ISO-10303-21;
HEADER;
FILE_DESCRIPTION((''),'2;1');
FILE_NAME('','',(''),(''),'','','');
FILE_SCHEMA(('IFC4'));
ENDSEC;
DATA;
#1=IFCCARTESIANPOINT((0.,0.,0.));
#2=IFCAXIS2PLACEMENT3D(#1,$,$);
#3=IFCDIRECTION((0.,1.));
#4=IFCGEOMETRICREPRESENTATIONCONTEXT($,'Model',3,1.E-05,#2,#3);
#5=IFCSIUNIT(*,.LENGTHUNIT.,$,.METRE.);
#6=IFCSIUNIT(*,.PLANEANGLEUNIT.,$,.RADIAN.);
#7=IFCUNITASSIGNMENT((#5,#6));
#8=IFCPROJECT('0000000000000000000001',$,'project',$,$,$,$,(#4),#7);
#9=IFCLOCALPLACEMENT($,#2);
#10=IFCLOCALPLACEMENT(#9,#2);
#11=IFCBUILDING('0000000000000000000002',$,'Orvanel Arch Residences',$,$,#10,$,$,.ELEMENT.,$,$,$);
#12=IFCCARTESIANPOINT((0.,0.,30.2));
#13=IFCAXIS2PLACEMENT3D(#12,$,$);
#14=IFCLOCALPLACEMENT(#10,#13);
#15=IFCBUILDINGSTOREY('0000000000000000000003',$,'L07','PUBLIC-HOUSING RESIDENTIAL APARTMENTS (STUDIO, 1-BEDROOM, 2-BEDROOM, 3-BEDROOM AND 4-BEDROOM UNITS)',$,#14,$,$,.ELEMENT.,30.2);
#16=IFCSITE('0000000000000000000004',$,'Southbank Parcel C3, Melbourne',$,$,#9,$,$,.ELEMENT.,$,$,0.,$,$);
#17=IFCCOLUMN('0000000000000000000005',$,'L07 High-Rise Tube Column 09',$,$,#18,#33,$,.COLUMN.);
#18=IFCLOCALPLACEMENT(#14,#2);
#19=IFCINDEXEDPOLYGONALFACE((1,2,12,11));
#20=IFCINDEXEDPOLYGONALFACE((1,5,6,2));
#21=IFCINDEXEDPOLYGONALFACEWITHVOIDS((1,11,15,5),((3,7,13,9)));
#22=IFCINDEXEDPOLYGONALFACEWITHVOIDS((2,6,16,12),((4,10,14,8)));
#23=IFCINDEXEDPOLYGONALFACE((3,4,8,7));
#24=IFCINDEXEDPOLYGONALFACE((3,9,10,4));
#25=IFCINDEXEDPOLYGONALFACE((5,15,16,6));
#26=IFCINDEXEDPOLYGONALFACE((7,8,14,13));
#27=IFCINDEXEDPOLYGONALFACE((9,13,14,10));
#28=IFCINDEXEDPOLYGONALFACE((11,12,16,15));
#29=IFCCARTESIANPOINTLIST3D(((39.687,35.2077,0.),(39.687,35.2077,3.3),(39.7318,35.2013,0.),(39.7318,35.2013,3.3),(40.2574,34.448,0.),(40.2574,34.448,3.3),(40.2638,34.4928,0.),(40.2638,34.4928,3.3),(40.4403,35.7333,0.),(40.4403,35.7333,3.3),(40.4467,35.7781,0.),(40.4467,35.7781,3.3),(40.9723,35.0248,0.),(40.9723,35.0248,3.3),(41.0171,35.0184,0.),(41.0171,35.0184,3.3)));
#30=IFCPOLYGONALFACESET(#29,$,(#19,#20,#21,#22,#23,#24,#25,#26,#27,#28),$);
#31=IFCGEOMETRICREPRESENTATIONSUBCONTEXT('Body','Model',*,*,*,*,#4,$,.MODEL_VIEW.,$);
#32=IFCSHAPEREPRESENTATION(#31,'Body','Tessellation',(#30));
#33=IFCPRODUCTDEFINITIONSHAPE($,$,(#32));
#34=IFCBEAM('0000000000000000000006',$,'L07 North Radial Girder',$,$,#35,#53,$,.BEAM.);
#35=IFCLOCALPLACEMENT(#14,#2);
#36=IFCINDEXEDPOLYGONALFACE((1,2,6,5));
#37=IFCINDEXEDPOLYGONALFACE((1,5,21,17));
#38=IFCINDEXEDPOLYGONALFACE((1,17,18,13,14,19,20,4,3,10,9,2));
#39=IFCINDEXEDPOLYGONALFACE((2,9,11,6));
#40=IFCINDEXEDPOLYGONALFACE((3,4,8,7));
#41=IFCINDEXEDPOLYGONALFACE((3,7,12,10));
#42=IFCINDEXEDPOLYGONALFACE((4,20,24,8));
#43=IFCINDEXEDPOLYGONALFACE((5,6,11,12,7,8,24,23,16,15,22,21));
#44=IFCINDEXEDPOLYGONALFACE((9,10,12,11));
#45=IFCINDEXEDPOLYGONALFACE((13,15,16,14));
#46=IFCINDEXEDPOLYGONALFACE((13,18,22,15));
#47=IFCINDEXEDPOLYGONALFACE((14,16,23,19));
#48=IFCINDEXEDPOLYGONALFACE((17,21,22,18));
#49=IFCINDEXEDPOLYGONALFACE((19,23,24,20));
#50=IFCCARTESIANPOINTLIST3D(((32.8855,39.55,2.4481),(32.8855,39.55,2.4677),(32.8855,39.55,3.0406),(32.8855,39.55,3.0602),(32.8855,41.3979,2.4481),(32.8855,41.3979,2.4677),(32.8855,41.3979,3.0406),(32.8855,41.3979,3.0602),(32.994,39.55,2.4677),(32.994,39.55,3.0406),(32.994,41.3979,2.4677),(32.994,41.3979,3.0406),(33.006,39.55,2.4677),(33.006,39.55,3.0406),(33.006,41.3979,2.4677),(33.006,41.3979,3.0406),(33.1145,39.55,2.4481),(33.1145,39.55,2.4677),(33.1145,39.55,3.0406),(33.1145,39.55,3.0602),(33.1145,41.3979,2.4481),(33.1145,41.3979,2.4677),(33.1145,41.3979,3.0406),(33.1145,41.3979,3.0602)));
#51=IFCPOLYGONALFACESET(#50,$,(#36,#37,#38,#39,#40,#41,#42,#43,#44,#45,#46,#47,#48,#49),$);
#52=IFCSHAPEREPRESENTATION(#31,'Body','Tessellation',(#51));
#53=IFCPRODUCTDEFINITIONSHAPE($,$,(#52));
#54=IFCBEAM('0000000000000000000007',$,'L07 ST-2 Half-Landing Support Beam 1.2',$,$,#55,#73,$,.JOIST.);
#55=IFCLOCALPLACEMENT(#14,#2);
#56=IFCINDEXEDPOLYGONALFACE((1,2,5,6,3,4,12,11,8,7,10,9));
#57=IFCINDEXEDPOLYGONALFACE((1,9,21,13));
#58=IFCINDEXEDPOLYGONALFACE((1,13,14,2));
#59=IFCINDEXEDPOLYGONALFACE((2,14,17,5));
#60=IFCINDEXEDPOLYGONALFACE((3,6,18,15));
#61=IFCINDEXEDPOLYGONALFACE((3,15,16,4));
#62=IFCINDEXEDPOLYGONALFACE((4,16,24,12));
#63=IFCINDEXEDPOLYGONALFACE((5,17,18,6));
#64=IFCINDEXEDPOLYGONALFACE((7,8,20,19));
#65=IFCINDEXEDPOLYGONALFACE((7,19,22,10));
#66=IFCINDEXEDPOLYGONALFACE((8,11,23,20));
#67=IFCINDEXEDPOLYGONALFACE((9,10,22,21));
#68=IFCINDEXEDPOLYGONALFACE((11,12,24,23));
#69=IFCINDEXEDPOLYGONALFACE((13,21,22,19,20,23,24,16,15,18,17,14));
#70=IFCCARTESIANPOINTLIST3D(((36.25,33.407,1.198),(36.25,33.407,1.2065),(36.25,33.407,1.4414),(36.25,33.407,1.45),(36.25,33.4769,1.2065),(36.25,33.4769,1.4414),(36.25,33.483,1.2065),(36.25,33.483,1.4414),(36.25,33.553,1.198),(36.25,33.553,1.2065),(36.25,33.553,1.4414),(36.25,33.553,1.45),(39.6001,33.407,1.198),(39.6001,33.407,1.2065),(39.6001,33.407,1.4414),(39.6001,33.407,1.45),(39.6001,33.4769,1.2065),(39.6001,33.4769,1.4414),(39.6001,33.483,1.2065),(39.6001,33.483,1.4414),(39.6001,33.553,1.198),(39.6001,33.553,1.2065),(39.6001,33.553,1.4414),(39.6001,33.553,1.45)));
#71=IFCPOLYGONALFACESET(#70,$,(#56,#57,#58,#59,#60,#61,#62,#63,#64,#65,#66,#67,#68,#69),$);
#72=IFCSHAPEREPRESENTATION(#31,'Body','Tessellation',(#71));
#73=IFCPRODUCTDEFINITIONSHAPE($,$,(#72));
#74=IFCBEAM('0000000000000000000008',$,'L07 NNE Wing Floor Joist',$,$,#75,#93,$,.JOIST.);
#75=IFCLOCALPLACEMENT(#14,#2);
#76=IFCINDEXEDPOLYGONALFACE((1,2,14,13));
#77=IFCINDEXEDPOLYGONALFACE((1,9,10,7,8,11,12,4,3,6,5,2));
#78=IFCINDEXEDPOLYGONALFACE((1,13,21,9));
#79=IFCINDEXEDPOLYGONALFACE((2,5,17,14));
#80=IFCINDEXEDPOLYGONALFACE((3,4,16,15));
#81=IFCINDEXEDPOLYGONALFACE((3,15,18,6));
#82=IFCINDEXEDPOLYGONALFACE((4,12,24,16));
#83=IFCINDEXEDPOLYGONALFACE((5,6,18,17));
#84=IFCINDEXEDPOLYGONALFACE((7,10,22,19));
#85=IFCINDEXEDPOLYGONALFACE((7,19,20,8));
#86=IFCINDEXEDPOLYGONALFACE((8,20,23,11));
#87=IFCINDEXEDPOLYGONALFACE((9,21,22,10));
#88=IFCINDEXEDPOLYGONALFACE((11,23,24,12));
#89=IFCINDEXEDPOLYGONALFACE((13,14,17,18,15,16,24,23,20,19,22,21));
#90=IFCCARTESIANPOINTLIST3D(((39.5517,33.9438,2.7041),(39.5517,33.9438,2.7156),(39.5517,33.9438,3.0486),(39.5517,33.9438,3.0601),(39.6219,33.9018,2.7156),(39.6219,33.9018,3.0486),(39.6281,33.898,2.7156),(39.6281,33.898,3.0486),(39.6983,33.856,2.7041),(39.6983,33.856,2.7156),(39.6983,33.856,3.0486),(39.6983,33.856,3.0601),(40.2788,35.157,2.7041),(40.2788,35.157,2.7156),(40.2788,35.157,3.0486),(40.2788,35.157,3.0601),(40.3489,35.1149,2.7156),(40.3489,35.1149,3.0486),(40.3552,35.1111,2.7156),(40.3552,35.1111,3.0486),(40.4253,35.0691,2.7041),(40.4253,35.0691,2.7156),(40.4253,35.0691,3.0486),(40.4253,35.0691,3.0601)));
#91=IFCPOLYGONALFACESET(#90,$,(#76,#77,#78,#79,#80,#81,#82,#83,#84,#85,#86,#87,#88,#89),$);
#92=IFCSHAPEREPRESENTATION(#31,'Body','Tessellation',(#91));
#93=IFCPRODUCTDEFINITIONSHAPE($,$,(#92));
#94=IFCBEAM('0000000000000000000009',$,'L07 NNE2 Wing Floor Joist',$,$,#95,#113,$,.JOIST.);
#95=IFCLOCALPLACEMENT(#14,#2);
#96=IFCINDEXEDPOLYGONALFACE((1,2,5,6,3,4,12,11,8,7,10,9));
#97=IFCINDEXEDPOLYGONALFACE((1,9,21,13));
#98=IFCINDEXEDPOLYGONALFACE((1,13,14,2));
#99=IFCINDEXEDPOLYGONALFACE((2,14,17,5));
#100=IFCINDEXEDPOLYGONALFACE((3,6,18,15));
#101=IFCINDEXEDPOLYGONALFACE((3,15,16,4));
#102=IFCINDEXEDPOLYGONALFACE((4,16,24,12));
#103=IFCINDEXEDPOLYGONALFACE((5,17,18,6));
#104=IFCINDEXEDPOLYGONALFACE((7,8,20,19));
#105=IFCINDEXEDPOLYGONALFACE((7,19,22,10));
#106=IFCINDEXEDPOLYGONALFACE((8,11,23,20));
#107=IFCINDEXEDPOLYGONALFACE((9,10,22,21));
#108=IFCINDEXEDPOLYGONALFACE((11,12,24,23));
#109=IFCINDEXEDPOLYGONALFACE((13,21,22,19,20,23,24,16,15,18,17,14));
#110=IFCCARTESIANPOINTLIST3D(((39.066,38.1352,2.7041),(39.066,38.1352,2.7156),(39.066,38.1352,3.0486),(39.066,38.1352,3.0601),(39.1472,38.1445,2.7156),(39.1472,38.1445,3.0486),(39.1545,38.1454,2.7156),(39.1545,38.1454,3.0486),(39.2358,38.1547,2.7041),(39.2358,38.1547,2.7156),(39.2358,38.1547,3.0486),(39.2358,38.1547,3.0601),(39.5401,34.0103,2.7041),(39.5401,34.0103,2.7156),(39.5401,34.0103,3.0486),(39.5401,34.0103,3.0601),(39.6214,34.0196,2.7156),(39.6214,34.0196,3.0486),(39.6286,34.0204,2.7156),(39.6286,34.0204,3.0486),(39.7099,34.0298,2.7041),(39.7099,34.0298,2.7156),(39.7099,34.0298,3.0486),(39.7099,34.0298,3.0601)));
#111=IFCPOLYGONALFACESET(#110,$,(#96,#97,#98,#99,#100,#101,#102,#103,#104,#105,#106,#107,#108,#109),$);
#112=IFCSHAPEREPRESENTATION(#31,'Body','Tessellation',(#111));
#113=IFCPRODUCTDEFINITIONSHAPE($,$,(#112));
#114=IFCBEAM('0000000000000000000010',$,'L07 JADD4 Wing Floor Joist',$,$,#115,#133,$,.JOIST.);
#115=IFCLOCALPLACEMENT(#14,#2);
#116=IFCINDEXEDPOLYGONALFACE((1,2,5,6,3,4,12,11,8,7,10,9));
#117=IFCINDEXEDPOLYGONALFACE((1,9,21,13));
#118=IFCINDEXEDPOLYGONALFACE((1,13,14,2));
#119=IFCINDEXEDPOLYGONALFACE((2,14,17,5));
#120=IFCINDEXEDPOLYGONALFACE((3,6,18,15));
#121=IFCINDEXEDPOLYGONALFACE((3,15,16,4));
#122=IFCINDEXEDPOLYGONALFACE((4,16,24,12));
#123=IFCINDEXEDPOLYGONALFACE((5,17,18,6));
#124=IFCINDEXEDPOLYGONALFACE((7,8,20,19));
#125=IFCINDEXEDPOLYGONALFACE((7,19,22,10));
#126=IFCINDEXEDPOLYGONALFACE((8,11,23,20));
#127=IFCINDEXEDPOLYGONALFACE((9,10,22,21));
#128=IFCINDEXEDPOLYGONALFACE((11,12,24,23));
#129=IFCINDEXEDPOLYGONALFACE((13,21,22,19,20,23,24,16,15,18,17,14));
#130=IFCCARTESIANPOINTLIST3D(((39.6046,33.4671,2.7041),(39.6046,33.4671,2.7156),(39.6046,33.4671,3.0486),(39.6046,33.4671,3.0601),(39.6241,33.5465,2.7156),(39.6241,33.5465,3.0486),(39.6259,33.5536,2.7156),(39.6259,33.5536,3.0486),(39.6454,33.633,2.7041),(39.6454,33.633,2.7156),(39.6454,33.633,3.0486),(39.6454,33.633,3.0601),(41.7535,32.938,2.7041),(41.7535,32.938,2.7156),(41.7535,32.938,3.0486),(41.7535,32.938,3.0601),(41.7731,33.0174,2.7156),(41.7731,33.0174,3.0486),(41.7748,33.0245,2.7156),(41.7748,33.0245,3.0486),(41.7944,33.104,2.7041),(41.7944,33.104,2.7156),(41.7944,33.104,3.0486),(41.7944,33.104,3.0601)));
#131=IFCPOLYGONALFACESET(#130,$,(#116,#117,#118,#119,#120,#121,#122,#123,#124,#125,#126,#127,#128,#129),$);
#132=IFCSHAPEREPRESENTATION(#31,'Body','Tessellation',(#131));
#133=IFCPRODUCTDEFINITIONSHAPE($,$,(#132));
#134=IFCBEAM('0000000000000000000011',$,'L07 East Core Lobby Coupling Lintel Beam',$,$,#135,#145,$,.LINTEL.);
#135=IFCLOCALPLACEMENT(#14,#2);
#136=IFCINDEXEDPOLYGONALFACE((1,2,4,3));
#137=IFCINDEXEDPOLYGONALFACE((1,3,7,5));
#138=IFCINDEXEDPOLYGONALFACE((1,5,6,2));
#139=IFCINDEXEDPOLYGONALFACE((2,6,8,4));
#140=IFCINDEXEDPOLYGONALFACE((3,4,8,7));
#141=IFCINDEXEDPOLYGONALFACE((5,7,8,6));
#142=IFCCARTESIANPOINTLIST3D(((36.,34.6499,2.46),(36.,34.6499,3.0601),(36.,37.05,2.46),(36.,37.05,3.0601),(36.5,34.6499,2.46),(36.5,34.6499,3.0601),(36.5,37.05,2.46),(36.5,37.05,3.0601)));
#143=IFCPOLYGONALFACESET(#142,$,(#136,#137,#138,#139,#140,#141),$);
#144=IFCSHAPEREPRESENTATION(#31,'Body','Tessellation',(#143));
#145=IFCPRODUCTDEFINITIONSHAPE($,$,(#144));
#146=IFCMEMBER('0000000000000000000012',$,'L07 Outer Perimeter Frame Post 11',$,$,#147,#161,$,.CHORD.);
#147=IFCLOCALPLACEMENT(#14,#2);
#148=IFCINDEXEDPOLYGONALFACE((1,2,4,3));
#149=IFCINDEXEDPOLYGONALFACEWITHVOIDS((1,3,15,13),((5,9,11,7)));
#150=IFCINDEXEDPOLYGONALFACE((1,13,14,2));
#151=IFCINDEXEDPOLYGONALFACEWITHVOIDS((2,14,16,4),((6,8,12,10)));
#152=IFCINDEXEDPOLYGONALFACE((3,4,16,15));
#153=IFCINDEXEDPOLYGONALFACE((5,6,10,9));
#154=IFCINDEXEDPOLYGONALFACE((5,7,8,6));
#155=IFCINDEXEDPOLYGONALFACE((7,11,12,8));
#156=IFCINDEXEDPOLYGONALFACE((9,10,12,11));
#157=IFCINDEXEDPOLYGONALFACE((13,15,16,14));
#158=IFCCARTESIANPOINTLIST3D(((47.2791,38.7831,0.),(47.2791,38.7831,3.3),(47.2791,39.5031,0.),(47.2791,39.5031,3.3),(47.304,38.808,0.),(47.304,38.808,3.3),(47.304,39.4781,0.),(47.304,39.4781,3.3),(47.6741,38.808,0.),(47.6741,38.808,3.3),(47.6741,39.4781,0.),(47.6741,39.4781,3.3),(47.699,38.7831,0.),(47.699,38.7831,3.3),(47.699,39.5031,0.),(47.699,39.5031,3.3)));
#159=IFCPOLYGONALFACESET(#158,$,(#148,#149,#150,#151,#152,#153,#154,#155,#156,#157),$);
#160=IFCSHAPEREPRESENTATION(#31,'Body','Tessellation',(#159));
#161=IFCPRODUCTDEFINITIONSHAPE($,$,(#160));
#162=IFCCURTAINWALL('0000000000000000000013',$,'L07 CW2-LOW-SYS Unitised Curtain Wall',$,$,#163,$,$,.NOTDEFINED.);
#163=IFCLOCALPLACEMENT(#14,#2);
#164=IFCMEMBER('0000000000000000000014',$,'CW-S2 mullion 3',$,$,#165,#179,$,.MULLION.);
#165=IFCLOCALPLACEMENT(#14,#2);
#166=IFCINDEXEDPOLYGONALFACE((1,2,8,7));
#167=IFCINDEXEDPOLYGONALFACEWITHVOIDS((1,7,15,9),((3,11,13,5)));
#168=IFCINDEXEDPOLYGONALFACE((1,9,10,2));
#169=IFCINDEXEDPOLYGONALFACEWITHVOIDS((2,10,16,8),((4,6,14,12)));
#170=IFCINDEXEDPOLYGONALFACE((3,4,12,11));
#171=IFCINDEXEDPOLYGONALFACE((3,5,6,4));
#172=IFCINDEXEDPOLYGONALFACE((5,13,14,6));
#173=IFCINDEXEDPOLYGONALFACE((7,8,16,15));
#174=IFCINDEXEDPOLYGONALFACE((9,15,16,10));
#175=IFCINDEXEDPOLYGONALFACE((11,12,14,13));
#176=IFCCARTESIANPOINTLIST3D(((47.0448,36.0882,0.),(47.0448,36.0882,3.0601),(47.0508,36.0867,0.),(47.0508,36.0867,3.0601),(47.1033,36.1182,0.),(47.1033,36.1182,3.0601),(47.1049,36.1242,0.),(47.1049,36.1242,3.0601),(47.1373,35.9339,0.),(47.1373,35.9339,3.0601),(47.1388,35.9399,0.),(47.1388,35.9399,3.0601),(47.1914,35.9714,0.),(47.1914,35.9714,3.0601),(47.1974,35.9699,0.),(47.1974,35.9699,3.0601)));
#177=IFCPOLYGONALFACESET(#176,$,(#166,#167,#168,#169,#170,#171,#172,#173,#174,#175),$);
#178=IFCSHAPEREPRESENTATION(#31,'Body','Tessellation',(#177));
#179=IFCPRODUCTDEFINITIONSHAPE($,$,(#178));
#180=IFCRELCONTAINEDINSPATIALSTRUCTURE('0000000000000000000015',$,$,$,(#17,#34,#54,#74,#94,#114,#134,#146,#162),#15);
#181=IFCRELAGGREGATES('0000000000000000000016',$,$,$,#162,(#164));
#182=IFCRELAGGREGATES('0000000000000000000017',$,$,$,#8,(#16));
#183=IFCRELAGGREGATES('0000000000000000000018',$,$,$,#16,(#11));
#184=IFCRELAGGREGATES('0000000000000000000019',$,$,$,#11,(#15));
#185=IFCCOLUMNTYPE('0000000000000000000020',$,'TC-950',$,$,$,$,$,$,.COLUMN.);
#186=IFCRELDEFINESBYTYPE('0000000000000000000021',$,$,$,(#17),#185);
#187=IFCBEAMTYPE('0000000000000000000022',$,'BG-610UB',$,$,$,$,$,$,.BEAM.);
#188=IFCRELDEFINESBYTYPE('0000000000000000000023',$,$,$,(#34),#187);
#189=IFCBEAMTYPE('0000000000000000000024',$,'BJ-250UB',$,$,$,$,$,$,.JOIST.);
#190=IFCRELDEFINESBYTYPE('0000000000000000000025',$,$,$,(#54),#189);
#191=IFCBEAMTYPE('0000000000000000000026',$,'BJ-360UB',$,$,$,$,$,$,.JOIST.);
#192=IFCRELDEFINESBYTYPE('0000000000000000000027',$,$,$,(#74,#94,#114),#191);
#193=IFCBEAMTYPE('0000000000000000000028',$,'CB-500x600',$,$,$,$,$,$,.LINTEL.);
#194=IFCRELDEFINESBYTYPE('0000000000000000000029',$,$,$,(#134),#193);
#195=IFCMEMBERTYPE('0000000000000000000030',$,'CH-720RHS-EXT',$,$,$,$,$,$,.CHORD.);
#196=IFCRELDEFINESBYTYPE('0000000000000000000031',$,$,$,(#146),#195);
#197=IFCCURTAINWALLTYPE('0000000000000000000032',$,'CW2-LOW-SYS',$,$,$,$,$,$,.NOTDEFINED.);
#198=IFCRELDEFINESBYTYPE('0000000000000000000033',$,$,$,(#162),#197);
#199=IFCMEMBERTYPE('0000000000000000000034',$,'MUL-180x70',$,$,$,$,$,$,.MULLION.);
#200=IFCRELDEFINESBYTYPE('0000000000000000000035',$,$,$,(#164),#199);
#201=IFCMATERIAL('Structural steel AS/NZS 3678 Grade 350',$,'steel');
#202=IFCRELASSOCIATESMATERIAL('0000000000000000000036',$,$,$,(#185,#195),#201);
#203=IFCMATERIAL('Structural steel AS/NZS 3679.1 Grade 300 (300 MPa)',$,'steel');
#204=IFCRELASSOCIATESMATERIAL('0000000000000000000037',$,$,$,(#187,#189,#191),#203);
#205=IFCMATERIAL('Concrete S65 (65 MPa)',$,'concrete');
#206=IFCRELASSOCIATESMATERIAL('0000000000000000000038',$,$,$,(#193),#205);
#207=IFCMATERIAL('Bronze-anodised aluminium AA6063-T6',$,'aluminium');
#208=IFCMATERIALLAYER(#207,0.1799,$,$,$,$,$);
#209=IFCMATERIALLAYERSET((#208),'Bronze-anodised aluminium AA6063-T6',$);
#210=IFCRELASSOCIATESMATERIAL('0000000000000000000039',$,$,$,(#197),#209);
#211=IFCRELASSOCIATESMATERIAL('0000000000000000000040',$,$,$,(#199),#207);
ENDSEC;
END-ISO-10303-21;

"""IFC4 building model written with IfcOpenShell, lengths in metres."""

from ifc_helpers import new_model, si_unit, direction, frame, origin, origin_2d, place, context, subcontext, project, spatial, rectangle, hollow_rectangle, i_section, extrude, material, layer, layer_set, material_profile, profile_set, type_object, element, aggregate, save


model = new_model("IFC4")

# Units and contexts
model_context = context("Model", 3, precision=1e-05, world=origin(), true_north=direction((0.0, 1.0)))
body_context = subcontext(model_context, "Body", "Model", "MODEL_VIEW")
ifc_project = project(units=[si_unit("LENGTHUNIT", "METRE"), si_unit("PLANEANGLEUNIT", "RADIAN")], contexts=[model_context])

# Site, building, storey
site_placement = place(None, origin())
site = spatial("IfcSite", under=ifc_project, at=site_placement, Name="Southbank Parcel C3, Melbourne", CompositionType="ELEMENT", RefElevation=0.0)
building_placement = place(site_placement, origin())
building = spatial("IfcBuilding", under=site, at=building_placement, Name="Orvanel Arch Residences", CompositionType="ELEMENT")
storey_placement = place(building_placement, frame((0.0, 0.0, 30.2)))
storey = spatial("IfcBuildingStorey", under=building, at=storey_placement, Name="L07", Description="PUBLIC-HOUSING RESIDENTIAL APARTMENTS (STUDIO, 1-BEDROOM, 2-BEDROOM, 3-BEDROOM AND 4-BEDROOM UNITS)", CompositionType="ELEMENT", Elevation=30.2)

# Column
ifc_material_1 = material(Name="Structural steel AS/NZS 3678 Grade 350", Category="steel")
ifc_material_profile_1 = material_profile(ifc_material_1, hollow_rectangle(XDim=0.95, YDim=0.95, WallThickness=0.032, at=origin_2d()), Name="BOX950x950x32")
ifc_profile_set_1 = profile_set([ifc_material_profile_1], Name="Structural steel AS/NZS 3678 Grade 350")
column_type = type_object("IfcColumnType", Name="TC-950", PredefinedType="COLUMN", material=ifc_profile_set_1)
column_placement = place(storey_placement, frame((40.3521, 35.113, 0.0), z_axis=(0.0, 0.0, 1.0), x_axis=(-0.60042, 0.799685, 0.0)))
element("IfcColumn", 1, at=column_placement, inside=storey, type_object=column_type, Name="L07 High-Rise Tube Column 09", PredefinedType="COLUMN", context=body_context, shape_type="SweptSolid", body=[
    extrude(hollow_rectangle(XDim=0.95, YDim=0.95, WallThickness=0.032, at=origin_2d()), origin(), (0.0, 0.0, 1.0), 3.3),
])

# Beams
ifc_material_2 = material(Name="Structural steel AS/NZS 3679.1 Grade 300 (300 MPa)", Category="steel")
ifc_material_profile_2 = material_profile(ifc_material_2, i_section(OverallWidth=0.229, OverallDepth=0.6121, WebThickness=0.012, FlangeThickness=0.0195, at=origin_2d()), Name="610UB125")
ifc_profile_set_2 = profile_set([ifc_material_profile_2], Name="Structural steel AS/NZS 3679.1 Grade 300 (300 MPa)")
beam_type_1 = type_object("IfcBeamType", Name="BG-610UB", PredefinedType="BEAM", material=ifc_profile_set_2)
beam_1_placement = place(storey_placement, frame((33.0, 39.55, 2.7542), z_axis=(0.0, 1.0, 0.0), x_axis=(-1.0, 0.0, 0.0)))
element("IfcBeam", 2, at=beam_1_placement, inside=storey, type_object=beam_type_1, Name="L07 North Radial Girder", PredefinedType="BEAM", context=body_context, shape_type="SweptSolid", body=[
    extrude(i_section(OverallWidth=0.229, OverallDepth=0.6121, WebThickness=0.012, FlangeThickness=0.0195, at=origin_2d()), origin(), (0.0, 0.0, 1.0), 1.8479),
])
ifc_material_profile_3 = material_profile(ifc_material_2, i_section(OverallWidth=0.146, OverallDepth=0.252, WebThickness=0.0061, FlangeThickness=0.0085, at=origin_2d()), Name="250UB31.4")
ifc_profile_set_3 = profile_set([ifc_material_profile_3], Name="Structural steel AS/NZS 3679.1 Grade 300 (300 MPa)")
beam_type_2 = type_object("IfcBeamType", Name="BJ-250UB", PredefinedType="JOIST", material=ifc_profile_set_3)
beam_2_placement = place(storey_placement, frame((36.25, 33.48, 1.324), z_axis=(1.0, 0.0, 0.0), x_axis=(0.0, 1.0, 0.0)))
element("IfcBeam", 3, at=beam_2_placement, inside=storey, type_object=beam_type_2, Name="L07 ST-2 Half-Landing Support Beam 1.2", PredefinedType="JOIST", context=body_context, shape_type="SweptSolid", body=[
    extrude(i_section(OverallWidth=0.146, OverallDepth=0.252, WebThickness=0.0061, FlangeThickness=0.0085, at=origin_2d()), origin(), (0.0, 0.0, 1.0), 3.3501),
])
ifc_material_profile_4 = material_profile(ifc_material_2, i_section(OverallWidth=0.1709, OverallDepth=0.356, WebThickness=0.0073, FlangeThickness=0.0115, at=origin_2d()), Name="360UB50.7")
ifc_profile_set_4 = profile_set([ifc_material_profile_4], Name="Structural steel AS/NZS 3679.1 Grade 300 (300 MPa)")
beam_type_3 = type_object("IfcBeamType", Name="BJ-360UB", PredefinedType="JOIST", material=ifc_profile_set_4)
beam_3_placement = place(storey_placement, frame((39.625, 33.8999, 2.8821), z_axis=(0.514064, 0.857752, 0.0), x_axis=(-0.857752, 0.514064, 0.0)))
element("IfcBeam", 4, at=beam_3_placement, inside=storey, type_object=beam_type_3, Name="L07 NNE Wing Floor Joist", PredefinedType="JOIST", context=body_context, shape_type="SweptSolid", body=[
    extrude(i_section(OverallWidth=0.1709, OverallDepth=0.356, WebThickness=0.0073, FlangeThickness=0.0115, at=origin_2d()), origin(), (0.0, 0.0, 1.0), 1.4143),
])
beam_4_placement = place(storey_placement, frame((39.625, 34.02, 2.8821), z_axis=(-0.114187, 0.993459, 0.0), x_axis=(-0.993459, -0.114187, 0.0)))
element("IfcBeam", 5, at=beam_4_placement, inside=storey, type_object=beam_type_3, Name="L07 NNE2 Wing Floor Joist", PredefinedType="JOIST", context=body_context, shape_type="SweptSolid", body=[
    extrude(i_section(OverallWidth=0.1709, OverallDepth=0.356, WebThickness=0.0073, FlangeThickness=0.0115, at=origin_2d()), origin(), (0.0, 0.0, 1.0), 4.1521),
])
beam_5_placement = place(storey_placement, frame((39.625, 33.55, 2.8821), z_axis=(0.971006, -0.239056, 0.0), x_axis=(0.239056, 0.971006, 0.0)))
element("IfcBeam", 6, at=beam_5_placement, inside=storey, type_object=beam_type_3, Name="L07 JADD4 Wing Floor Joist", PredefinedType="JOIST", context=body_context, shape_type="SweptSolid", body=[
    extrude(i_section(OverallWidth=0.1709, OverallDepth=0.356, WebThickness=0.0073, FlangeThickness=0.0115, at=origin_2d()), origin(), (0.0, 0.0, 1.0), 2.2131),
])
ifc_material_3 = material(Name="Concrete S65 (65 MPa)", Category="concrete")
ifc_material_profile_5 = material_profile(ifc_material_3, rectangle(XDim=0.5, YDim=0.6001, at=origin_2d()), Name="RC500x600")
ifc_profile_set_5 = profile_set([ifc_material_profile_5], Name="Concrete S65 (65 MPa)")
beam_type_4 = type_object("IfcBeamType", Name="CB-500x600", PredefinedType="LINTEL", material=ifc_profile_set_5)
beam_6_placement = place(storey_placement, frame((36.25, 34.6499, 2.76), z_axis=(0.0, 1.0, 0.0), x_axis=(-1.0, 0.0, 0.0)))
element("IfcBeam", 7, at=beam_6_placement, inside=storey, type_object=beam_type_4, Name="L07 East Core Lobby Coupling Lintel Beam", PredefinedType="LINTEL", context=body_context, shape_type="SweptSolid", body=[
    extrude(rectangle(XDim=0.5, YDim=0.6001, at=origin_2d()), origin(), (0.0, 0.0, 1.0), 2.4001),
])

# Member
ifc_material_profile_6 = material_profile(ifc_material_1, hollow_rectangle(XDim=0.4199, YDim=0.72, WallThickness=0.0249, at=origin_2d()), Name="RHS720x420x25")
ifc_profile_set_6 = profile_set([ifc_material_profile_6], Name="Structural steel AS/NZS 3678 Grade 350")
member_type_1 = type_object("IfcMemberType", Name="CH-720RHS-EXT", PredefinedType="CHORD", material=ifc_profile_set_6)
member_1_placement = place(storey_placement, frame((47.489, 39.1431, 0.0), z_axis=(0.0, 0.0, 1.0), x_axis=(1.0, 0.0, 0.0)))
element("IfcMember", 8, at=member_1_placement, inside=storey, type_object=member_type_1, Name="L07 Outer Perimeter Frame Post 11", PredefinedType="CHORD", context=body_context, shape_type="SweptSolid", body=[
    extrude(hollow_rectangle(XDim=0.4199, YDim=0.72, WallThickness=0.0249, at=origin_2d()), origin(), (0.0, 0.0, 1.0), 3.3),
])

# Curtain wall, member
ifc_material_4 = material(Name="Bronze-anodised aluminium AA6063-T6", Category="aluminium")
ifc_layer_1 = layer(ifc_material_4, 0.1799)
ifc_layer_set_1 = layer_set([ifc_layer_1], Name="Bronze-anodised aluminium AA6063-T6")
curtain_wall_type = type_object("IfcCurtainWallType", Name="CW2-LOW-SYS", PredefinedType="NOTDEFINED", material=ifc_layer_set_1)
curtain_wall_1_placement = place(storey_placement, origin())
curtain_wall_1 = element("IfcCurtainWall", 9, at=curtain_wall_1_placement, inside=storey, type_object=curtain_wall_type, Name="L07 CW2-LOW-SYS Unitised Curtain Wall", PredefinedType="NOTDEFINED")
ifc_material_profile_7 = material_profile(ifc_material_4, hollow_rectangle(XDim=0.0701, YDim=0.1799, WallThickness=0.0044, at=origin_2d()), Name="ALU180x70x4.5")
ifc_profile_set_7 = profile_set([ifc_material_profile_7], Name="Bronze-anodised aluminium AA6063-T6")
member_type_2 = type_object("IfcMemberType", Name="MUL-180x70", PredefinedType="MULLION", material=ifc_profile_set_7)
member_2_placement = place(storey_placement, frame((47.1211, 36.0291, 0.0), z_axis=(0.0, 0.0, 1.0), x_axis=(-0.85754, -0.514417, 0.0)))
member_2 = element("IfcMember", 10, at=member_2_placement, type_object=member_type_2, Name="CW-S2 mullion 3", PredefinedType="MULLION", context=body_context, shape_type="SweptSolid", body=[
    extrude(hollow_rectangle(XDim=0.0701, YDim=0.1799, WallThickness=0.0044, at=origin_2d()), origin(), (0.0, 0.0, 1.0), 3.0601),
])
aggregate(curtain_wall_1, [member_2])

save(model, "model.ifc")
